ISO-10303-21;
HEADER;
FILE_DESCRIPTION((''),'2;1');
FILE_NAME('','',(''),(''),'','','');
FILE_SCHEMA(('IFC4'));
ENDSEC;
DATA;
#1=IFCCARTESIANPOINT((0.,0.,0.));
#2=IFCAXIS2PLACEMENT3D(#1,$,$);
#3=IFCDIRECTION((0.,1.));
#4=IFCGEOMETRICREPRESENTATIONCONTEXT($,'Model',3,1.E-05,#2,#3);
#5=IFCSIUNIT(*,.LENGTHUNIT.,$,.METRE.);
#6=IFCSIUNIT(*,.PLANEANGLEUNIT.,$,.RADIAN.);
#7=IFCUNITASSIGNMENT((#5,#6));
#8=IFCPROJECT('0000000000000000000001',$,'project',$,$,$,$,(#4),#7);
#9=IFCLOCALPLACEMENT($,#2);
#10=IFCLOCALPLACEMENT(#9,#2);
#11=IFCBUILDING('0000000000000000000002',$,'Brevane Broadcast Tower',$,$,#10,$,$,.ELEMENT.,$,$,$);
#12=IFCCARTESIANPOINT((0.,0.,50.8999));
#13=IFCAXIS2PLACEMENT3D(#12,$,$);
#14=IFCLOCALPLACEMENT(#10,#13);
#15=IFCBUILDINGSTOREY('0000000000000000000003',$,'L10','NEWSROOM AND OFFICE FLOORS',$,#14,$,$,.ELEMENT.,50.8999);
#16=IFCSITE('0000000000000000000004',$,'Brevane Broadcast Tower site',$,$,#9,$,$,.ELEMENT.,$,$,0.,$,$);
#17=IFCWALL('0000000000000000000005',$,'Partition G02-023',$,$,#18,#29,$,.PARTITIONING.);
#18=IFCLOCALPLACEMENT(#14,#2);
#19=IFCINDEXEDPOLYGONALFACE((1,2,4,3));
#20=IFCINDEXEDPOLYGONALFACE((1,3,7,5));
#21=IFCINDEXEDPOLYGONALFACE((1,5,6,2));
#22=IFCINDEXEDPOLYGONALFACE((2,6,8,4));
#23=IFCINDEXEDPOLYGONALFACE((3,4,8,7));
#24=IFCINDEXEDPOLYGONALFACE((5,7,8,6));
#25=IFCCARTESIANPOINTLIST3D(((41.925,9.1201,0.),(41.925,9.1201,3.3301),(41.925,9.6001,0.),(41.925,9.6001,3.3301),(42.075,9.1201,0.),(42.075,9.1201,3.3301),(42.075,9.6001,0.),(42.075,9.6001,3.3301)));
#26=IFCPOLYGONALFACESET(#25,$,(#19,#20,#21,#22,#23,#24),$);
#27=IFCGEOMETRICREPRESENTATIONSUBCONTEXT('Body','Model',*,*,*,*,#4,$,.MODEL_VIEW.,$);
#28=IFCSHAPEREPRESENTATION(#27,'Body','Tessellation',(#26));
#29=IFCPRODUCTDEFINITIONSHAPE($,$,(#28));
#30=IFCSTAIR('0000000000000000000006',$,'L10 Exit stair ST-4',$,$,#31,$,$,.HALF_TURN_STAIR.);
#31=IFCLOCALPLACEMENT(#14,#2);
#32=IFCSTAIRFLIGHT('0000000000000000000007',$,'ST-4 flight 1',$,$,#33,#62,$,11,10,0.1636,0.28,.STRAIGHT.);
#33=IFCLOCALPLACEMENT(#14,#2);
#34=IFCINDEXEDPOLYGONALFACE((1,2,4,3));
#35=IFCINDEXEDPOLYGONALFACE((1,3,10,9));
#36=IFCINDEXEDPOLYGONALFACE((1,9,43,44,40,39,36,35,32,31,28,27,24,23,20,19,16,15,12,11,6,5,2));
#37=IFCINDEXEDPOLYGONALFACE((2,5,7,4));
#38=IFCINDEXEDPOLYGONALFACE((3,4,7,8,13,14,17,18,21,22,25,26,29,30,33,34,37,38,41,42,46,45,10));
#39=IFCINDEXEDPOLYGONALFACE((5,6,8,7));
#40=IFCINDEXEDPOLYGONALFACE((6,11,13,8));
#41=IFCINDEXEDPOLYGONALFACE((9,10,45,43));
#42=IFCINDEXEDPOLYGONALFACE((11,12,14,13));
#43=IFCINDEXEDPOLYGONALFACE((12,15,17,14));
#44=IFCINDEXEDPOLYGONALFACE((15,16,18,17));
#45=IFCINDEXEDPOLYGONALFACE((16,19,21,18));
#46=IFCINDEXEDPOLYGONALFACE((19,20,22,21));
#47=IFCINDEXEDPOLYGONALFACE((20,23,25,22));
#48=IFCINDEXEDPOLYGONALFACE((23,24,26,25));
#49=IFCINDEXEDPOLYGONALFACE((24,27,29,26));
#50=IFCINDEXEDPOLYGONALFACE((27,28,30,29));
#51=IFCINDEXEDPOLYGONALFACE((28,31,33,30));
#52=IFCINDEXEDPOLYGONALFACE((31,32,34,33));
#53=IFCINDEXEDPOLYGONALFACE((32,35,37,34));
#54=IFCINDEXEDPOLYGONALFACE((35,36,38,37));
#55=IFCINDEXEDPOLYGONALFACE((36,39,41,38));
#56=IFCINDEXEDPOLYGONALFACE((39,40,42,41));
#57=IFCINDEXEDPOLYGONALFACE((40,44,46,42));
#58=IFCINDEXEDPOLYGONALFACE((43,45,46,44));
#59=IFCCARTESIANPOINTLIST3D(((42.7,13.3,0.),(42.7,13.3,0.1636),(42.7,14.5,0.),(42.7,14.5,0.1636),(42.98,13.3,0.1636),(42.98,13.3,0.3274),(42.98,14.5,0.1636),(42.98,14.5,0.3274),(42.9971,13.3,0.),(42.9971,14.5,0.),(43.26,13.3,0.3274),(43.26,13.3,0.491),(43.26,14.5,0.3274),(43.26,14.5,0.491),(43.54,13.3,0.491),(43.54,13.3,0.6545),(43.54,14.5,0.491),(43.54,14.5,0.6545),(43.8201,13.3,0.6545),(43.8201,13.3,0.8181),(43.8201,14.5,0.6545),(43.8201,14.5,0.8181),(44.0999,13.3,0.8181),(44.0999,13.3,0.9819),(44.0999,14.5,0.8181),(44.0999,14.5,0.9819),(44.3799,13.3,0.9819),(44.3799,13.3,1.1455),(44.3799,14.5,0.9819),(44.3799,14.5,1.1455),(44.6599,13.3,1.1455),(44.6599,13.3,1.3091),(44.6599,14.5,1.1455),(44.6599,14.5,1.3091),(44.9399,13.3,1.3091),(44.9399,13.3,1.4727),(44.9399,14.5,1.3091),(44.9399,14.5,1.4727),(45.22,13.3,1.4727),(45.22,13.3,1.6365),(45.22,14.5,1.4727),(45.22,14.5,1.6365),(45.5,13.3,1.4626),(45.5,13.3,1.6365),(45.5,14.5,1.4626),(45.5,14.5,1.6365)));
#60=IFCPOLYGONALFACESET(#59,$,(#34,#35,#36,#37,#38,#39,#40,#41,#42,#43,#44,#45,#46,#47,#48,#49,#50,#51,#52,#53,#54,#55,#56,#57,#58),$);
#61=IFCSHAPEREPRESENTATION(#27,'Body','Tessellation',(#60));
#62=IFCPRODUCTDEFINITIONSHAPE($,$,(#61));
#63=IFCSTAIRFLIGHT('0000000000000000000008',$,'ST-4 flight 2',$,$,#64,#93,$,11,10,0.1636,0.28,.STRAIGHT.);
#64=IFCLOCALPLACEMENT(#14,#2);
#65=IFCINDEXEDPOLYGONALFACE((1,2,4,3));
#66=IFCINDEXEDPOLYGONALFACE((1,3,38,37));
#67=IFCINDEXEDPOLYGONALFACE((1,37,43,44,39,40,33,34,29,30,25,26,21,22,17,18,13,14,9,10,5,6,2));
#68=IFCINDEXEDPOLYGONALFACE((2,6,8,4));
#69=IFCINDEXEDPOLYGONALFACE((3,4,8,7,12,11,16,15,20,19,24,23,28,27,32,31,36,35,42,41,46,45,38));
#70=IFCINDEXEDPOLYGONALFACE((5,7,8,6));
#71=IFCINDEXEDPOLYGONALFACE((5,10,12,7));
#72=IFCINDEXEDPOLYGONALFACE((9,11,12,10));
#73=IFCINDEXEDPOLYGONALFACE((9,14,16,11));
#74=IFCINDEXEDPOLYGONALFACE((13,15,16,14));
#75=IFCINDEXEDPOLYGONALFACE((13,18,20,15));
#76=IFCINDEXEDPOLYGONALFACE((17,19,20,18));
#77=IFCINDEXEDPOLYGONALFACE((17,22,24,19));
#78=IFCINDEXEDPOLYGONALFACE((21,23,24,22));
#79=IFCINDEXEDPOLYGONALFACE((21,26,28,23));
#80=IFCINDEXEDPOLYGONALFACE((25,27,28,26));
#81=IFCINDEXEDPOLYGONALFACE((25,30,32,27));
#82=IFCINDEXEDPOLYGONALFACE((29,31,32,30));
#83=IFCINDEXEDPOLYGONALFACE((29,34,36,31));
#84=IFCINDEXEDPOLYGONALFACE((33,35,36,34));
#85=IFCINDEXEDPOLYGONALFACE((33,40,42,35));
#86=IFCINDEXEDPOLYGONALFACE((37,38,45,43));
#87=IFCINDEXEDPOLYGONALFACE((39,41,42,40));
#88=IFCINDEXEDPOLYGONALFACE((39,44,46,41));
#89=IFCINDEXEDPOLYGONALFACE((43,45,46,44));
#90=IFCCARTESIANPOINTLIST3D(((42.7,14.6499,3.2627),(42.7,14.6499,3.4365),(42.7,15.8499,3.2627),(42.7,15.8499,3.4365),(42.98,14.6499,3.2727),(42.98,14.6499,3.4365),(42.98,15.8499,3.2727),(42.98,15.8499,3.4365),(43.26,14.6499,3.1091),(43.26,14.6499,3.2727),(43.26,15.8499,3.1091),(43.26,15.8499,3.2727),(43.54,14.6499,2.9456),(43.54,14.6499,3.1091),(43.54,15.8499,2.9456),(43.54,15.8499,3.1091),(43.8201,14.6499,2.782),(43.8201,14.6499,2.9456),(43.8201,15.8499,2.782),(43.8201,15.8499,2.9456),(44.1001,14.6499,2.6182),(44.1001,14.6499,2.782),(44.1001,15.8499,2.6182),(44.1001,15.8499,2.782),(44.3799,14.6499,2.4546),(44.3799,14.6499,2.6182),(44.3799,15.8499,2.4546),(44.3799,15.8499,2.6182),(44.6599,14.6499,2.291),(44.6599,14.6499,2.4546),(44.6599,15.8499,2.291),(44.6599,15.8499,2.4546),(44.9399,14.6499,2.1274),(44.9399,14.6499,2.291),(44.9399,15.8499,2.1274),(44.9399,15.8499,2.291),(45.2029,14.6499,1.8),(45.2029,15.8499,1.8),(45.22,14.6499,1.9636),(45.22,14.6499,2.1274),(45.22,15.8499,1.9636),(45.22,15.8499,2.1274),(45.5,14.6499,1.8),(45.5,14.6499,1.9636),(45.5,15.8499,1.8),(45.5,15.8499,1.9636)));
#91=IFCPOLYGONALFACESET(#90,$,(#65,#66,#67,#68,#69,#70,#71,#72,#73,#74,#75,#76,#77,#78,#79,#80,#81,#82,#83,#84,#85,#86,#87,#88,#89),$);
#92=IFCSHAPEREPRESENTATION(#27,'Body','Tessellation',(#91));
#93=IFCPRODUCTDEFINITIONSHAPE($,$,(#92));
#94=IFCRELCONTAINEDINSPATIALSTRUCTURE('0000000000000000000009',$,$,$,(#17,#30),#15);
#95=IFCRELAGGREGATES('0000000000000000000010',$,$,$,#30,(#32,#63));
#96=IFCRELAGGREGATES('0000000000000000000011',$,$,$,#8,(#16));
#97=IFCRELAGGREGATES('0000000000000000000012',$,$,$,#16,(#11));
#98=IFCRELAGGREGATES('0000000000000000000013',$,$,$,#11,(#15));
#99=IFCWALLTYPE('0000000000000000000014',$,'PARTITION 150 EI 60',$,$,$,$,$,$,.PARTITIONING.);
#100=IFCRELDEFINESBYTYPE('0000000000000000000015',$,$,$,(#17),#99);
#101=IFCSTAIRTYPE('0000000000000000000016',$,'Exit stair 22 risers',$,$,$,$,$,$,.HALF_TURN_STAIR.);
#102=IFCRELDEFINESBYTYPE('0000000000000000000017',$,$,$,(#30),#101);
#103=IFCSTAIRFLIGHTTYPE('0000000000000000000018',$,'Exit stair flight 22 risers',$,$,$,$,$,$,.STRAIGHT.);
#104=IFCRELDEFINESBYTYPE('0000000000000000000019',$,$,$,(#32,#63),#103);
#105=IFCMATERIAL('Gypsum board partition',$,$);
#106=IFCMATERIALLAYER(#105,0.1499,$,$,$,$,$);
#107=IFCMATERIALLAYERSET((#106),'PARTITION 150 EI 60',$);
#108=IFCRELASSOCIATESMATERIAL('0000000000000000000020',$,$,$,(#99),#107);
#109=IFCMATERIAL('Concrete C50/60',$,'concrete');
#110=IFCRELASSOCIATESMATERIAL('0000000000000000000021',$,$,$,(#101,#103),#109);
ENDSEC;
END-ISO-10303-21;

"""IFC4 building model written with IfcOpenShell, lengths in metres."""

from ifc_helpers import new_model, si_unit, direction, frame, frame_2d, origin, place, context, subcontext, project, spatial, polyline, rectangle, outline, extrude, material, layer, layer_set, type_object, element, aggregate, save


model = new_model("IFC4")

# Units and contexts
model_context = context("Model", 3, precision=1e-05, world=origin(), true_north=direction((0.0, 1.0)))
body_context = subcontext(model_context, "Body", "Model", "MODEL_VIEW")
ifc_project = project(units=[si_unit("LENGTHUNIT", "METRE"), si_unit("PLANEANGLEUNIT", "RADIAN")], contexts=[model_context])

# Site, building, storey
site_placement = place(None, origin())
site = spatial("IfcSite", under=ifc_project, at=site_placement, Name="Brevane Broadcast Tower site", CompositionType="ELEMENT", RefElevation=0.0)
building_placement = place(site_placement, origin())
building = spatial("IfcBuilding", under=site, at=building_placement, Name="Brevane Broadcast Tower", CompositionType="ELEMENT")
storey_placement = place(building_placement, frame((0.0, 0.0, 50.8999)))
storey = spatial("IfcBuildingStorey", under=building, at=storey_placement, Name="L10", Description="NEWSROOM AND OFFICE FLOORS", CompositionType="ELEMENT", Elevation=50.8999)

# Shared definitions
ifc_material_1 = material(Name="Gypsum board partition")

# Shared definitions
ifc_layer_1 = layer(ifc_material_1, 0.1499)
ifc_layer_set_1 = layer_set([ifc_layer_1], Name="PARTITION 150 EI 60")
wall_type_1 = type_object("IfcWallType", Name="PARTITION 150 EI 60", PredefinedType="PARTITIONING", material=ifc_layer_set_1)

# Wall
wall_1_placement = place(storey_placement, frame((42.0, 9.6001, 0.0), z_axis=(0.0, 0.0, 1.0), x_axis=(0.0, -1.0, 0.0)))
element("IfcWall", 1, at=wall_1_placement, inside=storey, type_object=wall_type_1, Name="Partition G02-023", PredefinedType="PARTITIONING", context=body_context, shape_type="SweptSolid", body=[
    extrude(rectangle(XDim=0.48, YDim=0.1499, at=frame_2d((0.24, 0.0))), origin(), (0.0, 0.0, 1.0), 3.3301),
])

# Stair, stair flights
ifc_material_2 = material(Name="Concrete C50/60", Category="concrete")
stair_type = type_object("IfcStairType", Name="Exit stair 22 risers", PredefinedType="HALF_TURN_STAIR", material=ifc_material_2)
stair_placement = place(storey_placement, origin())
stair = element("IfcStair", 2, at=stair_placement, inside=storey, type_object=stair_type, Name="L10 Exit stair ST-4", PredefinedType="HALF_TURN_STAIR")
stair_flight_type = type_object("IfcStairFlightType", Name="Exit stair flight 22 risers", PredefinedType="STRAIGHT", material=ifc_material_2)
stair_flight_1_placement = place(storey_placement, frame((42.7, 13.8999, 0.0), z_axis=(0.0, 0.0, 1.0), x_axis=(1.0, 0.0, 0.0)))
stair_flight_1 = element("IfcStairFlight", 3, at=stair_flight_1_placement, type_object=stair_flight_type, Name="ST-4 flight 1", NumberOfRisers=11, NumberOfTreads=10, PredefinedType="STRAIGHT", RiserHeight=0.1636, TreadLength=0.28, context=body_context, shape_type="SweptSolid", body=[
    extrude(outline(polyline([(0.0, 0.0), (0.0, 0.1636), (0.28, 0.1636), (0.28, 0.3274), (0.5601, 0.3274), (0.5601, 0.491), (0.8401, 0.491), (0.8401, 0.6545), (1.1201, 0.6545), (1.1201, 0.8181), (1.3999, 0.8181), (1.3999, 0.9819), (1.6799, 0.9819), (1.6799, 1.1455), (1.96, 1.1455), (1.96, 1.3091), (2.24, 1.3091), (2.24, 1.4727), (2.52, 1.4727), (2.52, 1.6365), (2.8, 1.6365), (2.8, 1.8), (2.8, 1.4626), (0.2971, 0.0), (0.0, 0.0)])), frame((0.0, 0.6001, 0.0), z_axis=(0.0, -1.0, 0.0), x_axis=(1.0, 0.0, 0.0)), (0.0, 0.0, 1.0), 1.2),
])
stair_flight_2_placement = place(storey_placement, frame((45.5, 15.25, 1.8), z_axis=(0.0, 0.0, 1.0), x_axis=(-1.0, 0.0, 0.0)))
stair_flight_2 = element("IfcStairFlight", 4, at=stair_flight_2_placement, type_object=stair_flight_type, Name="ST-4 flight 2", NumberOfRisers=11, NumberOfTreads=10, PredefinedType="STRAIGHT", RiserHeight=0.1636, TreadLength=0.28, context=body_context, shape_type="SweptSolid", body=[
    extrude(outline(polyline([(0.0, 0.0), (0.0, 0.1636), (0.28, 0.1636), (0.28, 0.3274), (0.5601, 0.3274), (0.5601, 0.491), (0.8401, 0.491), (0.8401, 0.6545), (1.1201, 0.6545), (1.1201, 0.8181), (1.3999, 0.8181), (1.3999, 0.9819), (1.6799, 0.9819), (1.6799, 1.1455), (1.96, 1.1455), (1.96, 1.3091), (2.24, 1.3091), (2.24, 1.4727), (2.52, 1.4727), (2.52, 1.6365), (2.8, 1.6365), (2.8, 1.8), (2.8, 1.4626), (0.2971, 0.0), (0.0, 0.0)])), frame((0.0, 0.6001, 0.0), z_axis=(0.0, -1.0, 0.0), x_axis=(1.0, 0.0, 0.0)), (0.0, 0.0, 1.0), 1.2),
])
aggregate(stair, [stair_flight_1, stair_flight_2])

save(model, "model.ifc")
